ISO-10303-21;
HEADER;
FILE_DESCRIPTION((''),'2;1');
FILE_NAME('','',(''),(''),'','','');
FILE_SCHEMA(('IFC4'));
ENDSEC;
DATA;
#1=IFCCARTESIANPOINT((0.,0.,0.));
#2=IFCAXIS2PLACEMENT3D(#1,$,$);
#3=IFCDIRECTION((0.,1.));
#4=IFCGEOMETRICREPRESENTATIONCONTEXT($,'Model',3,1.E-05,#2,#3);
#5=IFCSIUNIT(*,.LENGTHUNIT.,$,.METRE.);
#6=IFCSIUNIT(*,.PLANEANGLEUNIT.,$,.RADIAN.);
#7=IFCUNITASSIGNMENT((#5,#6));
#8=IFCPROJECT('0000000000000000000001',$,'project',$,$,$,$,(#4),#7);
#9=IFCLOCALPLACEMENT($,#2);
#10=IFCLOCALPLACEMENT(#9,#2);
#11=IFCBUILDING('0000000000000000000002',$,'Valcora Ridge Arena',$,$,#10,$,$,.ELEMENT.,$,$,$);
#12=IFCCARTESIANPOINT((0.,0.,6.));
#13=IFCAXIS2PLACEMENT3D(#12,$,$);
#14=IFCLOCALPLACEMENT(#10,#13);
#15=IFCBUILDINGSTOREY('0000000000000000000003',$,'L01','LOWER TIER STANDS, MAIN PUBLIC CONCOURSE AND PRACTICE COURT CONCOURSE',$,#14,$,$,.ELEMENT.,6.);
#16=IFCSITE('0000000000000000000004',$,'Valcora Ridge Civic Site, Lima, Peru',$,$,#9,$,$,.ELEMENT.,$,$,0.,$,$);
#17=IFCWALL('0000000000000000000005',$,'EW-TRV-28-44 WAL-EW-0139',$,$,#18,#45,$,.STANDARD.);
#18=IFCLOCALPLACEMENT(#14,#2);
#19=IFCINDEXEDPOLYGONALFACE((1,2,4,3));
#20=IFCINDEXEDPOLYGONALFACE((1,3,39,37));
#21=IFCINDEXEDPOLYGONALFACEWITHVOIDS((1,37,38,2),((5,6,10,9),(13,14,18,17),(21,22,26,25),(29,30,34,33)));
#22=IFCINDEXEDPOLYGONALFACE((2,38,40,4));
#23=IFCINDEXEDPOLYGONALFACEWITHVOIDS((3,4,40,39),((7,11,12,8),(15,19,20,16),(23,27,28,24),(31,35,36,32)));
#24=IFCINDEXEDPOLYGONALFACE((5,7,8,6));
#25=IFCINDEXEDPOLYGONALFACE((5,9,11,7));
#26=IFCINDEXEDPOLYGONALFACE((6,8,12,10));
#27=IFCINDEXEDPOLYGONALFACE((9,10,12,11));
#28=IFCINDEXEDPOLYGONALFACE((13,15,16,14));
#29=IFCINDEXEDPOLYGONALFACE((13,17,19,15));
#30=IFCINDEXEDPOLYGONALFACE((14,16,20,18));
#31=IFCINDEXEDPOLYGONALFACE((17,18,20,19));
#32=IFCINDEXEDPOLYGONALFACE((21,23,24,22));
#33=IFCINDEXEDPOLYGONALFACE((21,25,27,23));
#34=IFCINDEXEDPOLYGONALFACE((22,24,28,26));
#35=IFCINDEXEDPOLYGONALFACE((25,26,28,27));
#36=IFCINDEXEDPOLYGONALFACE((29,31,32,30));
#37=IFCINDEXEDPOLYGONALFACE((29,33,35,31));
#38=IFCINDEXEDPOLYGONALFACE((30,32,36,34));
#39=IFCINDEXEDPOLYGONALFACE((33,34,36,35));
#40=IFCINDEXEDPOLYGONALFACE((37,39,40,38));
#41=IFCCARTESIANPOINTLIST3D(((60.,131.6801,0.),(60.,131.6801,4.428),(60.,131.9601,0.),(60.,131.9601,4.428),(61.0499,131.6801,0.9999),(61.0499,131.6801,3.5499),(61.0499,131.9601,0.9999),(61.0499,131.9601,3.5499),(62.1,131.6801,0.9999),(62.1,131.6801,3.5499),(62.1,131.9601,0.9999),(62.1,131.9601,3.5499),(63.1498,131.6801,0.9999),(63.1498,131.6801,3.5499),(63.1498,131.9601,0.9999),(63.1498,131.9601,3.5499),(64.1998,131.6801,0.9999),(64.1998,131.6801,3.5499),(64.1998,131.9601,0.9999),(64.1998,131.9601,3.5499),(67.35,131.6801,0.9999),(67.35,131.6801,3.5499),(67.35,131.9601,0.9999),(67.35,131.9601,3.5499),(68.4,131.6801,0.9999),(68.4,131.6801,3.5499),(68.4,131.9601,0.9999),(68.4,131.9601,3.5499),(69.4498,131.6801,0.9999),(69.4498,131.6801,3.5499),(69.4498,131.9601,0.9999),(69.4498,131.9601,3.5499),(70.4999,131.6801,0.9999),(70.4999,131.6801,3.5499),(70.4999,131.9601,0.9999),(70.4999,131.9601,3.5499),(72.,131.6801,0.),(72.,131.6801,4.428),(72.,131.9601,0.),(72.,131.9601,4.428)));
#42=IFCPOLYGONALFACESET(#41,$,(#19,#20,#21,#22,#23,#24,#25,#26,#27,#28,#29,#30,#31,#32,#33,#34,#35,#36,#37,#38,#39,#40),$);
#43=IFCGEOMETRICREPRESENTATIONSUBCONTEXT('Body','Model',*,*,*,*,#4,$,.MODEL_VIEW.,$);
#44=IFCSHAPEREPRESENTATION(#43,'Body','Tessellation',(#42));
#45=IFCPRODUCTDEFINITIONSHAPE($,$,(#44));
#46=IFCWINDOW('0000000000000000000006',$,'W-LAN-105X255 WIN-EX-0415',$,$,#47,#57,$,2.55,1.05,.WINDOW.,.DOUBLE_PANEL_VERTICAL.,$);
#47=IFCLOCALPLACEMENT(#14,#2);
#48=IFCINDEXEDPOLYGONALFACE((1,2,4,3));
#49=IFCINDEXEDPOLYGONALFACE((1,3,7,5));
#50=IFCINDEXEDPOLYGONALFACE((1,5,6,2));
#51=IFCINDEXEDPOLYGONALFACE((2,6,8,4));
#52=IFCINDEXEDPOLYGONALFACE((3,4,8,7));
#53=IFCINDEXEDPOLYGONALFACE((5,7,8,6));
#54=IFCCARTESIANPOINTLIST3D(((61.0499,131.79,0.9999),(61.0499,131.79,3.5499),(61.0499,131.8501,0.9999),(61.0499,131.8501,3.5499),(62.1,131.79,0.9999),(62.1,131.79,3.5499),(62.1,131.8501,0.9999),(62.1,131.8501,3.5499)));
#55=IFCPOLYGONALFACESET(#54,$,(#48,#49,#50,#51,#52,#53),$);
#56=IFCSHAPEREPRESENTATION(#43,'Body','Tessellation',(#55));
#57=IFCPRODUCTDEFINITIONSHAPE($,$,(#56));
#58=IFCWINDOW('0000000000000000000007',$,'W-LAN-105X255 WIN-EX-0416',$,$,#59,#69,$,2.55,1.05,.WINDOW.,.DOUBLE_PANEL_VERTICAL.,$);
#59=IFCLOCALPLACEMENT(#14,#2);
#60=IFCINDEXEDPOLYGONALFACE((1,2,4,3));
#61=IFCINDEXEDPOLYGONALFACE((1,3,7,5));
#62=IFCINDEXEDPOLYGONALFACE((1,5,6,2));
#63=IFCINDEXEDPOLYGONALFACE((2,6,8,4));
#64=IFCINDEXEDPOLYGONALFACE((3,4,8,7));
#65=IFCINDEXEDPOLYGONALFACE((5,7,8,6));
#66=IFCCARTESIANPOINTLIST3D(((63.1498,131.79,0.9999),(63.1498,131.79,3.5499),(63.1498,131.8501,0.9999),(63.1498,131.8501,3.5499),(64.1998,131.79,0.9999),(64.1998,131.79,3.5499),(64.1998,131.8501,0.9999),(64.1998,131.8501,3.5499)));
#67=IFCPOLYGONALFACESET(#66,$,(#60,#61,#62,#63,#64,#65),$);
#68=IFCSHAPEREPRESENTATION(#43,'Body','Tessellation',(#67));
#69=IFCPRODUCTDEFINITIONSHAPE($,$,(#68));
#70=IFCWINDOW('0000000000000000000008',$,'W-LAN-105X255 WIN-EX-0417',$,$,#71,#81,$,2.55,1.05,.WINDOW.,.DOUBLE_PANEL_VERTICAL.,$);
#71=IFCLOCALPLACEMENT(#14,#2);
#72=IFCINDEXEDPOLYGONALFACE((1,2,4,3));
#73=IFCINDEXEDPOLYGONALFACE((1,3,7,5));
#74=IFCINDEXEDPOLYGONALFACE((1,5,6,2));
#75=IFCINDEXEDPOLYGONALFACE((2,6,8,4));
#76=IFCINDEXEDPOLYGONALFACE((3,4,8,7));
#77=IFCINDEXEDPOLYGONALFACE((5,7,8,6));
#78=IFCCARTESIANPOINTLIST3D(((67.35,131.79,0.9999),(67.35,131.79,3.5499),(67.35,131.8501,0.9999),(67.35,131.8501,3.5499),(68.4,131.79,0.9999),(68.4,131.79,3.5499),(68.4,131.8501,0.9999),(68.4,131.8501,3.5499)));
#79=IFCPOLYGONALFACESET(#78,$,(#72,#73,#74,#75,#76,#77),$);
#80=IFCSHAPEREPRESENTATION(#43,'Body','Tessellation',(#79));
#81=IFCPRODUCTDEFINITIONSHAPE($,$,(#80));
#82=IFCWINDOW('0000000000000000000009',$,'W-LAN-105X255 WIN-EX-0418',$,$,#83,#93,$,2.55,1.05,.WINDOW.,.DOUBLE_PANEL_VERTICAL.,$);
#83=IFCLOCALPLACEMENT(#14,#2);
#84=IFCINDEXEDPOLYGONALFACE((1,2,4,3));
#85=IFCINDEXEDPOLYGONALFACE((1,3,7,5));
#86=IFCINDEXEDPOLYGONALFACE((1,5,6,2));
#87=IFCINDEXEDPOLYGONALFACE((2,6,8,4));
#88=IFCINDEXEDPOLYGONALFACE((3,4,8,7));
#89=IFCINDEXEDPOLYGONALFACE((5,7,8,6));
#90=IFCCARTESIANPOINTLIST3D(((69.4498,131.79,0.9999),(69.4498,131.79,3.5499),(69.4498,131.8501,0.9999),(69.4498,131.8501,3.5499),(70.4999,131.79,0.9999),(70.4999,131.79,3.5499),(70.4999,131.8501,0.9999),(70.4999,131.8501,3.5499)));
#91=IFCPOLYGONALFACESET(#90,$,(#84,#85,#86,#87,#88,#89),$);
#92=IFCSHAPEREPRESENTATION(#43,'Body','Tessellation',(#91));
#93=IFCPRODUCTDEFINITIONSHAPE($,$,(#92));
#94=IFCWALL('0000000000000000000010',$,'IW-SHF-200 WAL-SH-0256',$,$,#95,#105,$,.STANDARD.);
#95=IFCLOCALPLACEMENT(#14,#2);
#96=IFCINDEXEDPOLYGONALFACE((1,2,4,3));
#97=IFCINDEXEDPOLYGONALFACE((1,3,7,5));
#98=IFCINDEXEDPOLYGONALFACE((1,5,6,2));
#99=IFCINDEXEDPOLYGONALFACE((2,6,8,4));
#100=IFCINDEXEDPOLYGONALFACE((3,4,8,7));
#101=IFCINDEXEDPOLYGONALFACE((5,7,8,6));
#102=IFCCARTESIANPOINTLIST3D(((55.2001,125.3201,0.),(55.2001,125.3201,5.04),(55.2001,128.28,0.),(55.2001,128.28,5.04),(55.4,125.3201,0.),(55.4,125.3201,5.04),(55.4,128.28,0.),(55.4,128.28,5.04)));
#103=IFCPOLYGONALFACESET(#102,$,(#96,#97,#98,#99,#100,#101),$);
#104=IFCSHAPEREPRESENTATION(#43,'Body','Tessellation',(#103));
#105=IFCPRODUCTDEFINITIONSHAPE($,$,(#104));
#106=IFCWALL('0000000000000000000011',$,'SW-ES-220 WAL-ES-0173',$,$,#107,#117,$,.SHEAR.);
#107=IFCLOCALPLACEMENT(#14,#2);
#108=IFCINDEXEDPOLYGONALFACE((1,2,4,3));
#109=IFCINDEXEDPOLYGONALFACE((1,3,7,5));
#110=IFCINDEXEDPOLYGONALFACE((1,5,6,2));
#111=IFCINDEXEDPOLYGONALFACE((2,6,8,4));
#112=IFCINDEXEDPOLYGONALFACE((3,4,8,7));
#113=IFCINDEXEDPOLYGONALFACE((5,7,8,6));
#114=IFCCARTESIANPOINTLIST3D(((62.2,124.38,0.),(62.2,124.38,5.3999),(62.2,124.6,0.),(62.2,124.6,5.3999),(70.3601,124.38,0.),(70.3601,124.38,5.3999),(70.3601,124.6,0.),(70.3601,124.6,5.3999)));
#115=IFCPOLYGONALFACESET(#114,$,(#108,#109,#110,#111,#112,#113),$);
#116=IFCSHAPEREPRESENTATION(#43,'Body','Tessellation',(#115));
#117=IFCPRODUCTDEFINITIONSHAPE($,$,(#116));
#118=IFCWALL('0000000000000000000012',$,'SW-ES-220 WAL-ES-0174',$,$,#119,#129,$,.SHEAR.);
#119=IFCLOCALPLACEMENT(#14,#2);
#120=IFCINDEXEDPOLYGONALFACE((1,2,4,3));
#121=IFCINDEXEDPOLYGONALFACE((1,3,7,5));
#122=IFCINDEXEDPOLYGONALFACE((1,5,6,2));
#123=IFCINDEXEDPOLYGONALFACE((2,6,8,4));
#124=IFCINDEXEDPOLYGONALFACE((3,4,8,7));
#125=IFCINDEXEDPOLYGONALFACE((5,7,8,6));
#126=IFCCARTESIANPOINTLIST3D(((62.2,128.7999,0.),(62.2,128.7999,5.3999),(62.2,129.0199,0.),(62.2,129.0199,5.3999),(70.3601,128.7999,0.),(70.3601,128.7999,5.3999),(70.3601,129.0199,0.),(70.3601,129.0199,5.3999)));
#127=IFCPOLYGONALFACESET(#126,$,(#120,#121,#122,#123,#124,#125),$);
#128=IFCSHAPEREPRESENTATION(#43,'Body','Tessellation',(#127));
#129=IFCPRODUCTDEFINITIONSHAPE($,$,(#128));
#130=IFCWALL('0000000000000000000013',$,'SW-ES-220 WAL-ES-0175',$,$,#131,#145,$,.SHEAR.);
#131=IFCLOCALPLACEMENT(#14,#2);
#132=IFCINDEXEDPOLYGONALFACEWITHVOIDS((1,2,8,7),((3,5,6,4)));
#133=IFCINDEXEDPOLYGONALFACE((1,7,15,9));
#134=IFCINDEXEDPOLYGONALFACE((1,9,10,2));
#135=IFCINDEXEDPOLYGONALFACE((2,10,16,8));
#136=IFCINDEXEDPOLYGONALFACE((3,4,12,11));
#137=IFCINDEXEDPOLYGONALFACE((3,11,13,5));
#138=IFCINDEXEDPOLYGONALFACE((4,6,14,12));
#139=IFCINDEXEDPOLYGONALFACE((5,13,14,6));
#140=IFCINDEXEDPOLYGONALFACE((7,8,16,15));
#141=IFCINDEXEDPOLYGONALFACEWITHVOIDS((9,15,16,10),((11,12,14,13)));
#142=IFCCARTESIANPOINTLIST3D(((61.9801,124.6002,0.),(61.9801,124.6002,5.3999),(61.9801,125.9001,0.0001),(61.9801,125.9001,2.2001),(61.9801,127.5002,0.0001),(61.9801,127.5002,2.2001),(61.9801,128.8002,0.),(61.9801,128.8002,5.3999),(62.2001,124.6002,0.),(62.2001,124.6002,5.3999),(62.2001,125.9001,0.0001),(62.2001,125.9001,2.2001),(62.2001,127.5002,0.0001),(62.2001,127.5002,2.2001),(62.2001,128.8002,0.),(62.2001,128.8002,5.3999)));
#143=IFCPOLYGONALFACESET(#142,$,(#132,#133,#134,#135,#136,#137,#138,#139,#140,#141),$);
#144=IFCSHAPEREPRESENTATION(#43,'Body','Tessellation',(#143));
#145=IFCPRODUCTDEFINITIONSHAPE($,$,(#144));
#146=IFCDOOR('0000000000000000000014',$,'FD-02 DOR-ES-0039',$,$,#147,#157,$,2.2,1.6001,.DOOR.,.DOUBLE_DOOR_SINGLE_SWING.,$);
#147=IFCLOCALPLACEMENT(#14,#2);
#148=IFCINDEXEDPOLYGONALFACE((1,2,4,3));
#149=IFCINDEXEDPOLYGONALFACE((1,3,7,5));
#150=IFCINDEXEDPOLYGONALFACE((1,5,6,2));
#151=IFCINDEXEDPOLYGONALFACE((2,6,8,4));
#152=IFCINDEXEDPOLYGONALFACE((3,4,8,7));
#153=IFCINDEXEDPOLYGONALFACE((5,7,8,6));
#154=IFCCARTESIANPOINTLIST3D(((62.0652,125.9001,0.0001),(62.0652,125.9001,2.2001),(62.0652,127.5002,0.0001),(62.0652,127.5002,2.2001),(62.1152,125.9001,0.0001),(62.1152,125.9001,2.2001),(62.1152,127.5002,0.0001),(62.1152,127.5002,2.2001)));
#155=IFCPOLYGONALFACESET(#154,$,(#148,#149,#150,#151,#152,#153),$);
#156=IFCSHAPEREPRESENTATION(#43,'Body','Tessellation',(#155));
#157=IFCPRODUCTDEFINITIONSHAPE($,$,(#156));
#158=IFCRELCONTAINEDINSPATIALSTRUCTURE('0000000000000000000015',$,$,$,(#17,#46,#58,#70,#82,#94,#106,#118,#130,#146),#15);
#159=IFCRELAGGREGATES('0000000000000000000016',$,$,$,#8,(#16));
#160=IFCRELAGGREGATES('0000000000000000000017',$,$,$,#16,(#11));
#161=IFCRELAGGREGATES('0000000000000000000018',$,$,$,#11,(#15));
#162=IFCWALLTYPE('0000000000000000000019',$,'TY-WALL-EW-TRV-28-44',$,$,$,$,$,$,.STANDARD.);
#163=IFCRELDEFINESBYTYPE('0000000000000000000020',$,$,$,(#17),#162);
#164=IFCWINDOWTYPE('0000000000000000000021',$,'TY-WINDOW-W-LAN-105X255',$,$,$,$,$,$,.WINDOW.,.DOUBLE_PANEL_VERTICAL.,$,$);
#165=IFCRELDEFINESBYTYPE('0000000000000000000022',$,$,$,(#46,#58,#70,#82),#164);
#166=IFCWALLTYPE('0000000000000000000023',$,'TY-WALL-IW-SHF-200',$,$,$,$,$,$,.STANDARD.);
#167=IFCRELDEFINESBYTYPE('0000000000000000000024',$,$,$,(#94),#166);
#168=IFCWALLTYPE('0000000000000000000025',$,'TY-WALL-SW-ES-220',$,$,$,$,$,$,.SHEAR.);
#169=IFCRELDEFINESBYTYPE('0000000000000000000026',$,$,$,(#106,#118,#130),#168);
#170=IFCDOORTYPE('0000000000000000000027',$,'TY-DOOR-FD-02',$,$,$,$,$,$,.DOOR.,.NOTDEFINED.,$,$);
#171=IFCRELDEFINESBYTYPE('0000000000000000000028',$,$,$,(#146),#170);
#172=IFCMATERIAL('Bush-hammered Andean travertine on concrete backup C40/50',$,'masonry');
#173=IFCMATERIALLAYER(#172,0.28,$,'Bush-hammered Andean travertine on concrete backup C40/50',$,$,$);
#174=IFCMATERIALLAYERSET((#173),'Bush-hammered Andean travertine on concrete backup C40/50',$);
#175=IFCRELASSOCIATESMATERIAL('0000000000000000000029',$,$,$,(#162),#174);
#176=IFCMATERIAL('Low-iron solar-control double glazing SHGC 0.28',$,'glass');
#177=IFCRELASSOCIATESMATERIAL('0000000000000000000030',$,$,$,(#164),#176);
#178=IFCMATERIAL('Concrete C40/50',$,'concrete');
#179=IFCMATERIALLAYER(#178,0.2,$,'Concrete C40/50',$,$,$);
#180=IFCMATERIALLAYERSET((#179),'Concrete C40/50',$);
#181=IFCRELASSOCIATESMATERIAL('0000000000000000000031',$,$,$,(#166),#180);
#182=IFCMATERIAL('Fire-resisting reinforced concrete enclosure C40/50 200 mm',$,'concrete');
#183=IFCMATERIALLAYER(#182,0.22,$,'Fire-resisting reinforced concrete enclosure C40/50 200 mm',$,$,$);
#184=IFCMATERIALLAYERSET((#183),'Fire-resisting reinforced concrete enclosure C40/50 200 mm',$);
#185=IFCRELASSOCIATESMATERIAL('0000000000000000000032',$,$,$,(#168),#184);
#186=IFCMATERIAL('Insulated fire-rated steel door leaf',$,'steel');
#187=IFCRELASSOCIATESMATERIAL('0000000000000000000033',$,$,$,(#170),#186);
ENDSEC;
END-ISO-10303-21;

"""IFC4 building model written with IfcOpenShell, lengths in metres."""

from ifc_helpers import new_model, si_unit, direction, frame, frame_2d, origin, place, context, subcontext, project, spatial, rectangle, extrude, material, layer, layer_set, type_object, element, fill, save


model = new_model("IFC4")

# Units and contexts
model_context = context("Model", 3, precision=1e-05, world=origin(), true_north=direction((0.0, 1.0)))
body_context = subcontext(model_context, "Body", "Model", "MODEL_VIEW")
ifc_project = project(units=[si_unit("LENGTHUNIT", "METRE"), si_unit("PLANEANGLEUNIT", "RADIAN")], contexts=[model_context])

# Site, building, storey
site_placement = place(None, origin())
site = spatial("IfcSite", under=ifc_project, at=site_placement, Name="Valcora Ridge Civic Site, Lima, Peru", CompositionType="ELEMENT", RefElevation=0.0)
building_placement = place(site_placement, origin())
building = spatial("IfcBuilding", under=site, at=building_placement, Name="Valcora Ridge Arena", CompositionType="ELEMENT")
storey_placement = place(building_placement, frame((0.0, 0.0, 6.0)))
storey = spatial("IfcBuildingStorey", under=building, at=storey_placement, Name="L01", Description="LOWER TIER STANDS, MAIN PUBLIC CONCOURSE AND PRACTICE COURT CONCOURSE", CompositionType="ELEMENT", Elevation=6.0)

# Shared definitions
ifc_material_1 = material(Name="Concrete C40/50", Category="concrete")

# Wall, openings, windows
ifc_material_2 = material(Name="Bush-hammered Andean travertine on concrete backup C40/50", Category="masonry")
ifc_layer_1 = layer(ifc_material_2, 0.28, Name="Bush-hammered Andean travertine on concrete backup C40/50")
ifc_layer_set_1 = layer_set([ifc_layer_1], Name="Bush-hammered Andean travertine on concrete backup C40/50")
wall_type_1 = type_object("IfcWallType", Name="TY-WALL-EW-TRV-28-44", PredefinedType="STANDARD", material=ifc_layer_set_1)
wall_1_placement = place(storey_placement, frame((60.0, 131.8201, 0.0), z_axis=(0.0, 0.0, 1.0), x_axis=(1.0, 0.0, 0.0)))
wall_1 = element("IfcWall", 1, at=wall_1_placement, inside=storey, type_object=wall_type_1, Name="EW-TRV-28-44 WAL-EW-0139", PredefinedType="STANDARD", context=body_context, shape_type="SweptSolid", body=[
    extrude(rectangle(XDim=12.0, YDim=0.28, at=frame_2d((6.0, 0.0))), origin(), (0.0, 0.0, 1.0), 4.428),
])
opening_1_placement = place(wall_1_placement, frame((1.05, 0.0, 1.0)))
opening_1 = element("IfcOpeningElement", 2, at=opening_1_placement, cuts=wall_1, PredefinedType="OPENING", context=body_context, shape_type="SweptSolid", body=[
    extrude(rectangle(XDim=1.05, YDim=2.55, at=frame_2d((0.5249, 1.2749))), frame((0.0, 0.1499, 0.0), z_axis=(0.0, -1.0, 0.0), x_axis=(1.0, 0.0, 0.0)), (0.0, 0.0, 1.0), 0.3),
])
opening_2_placement = place(wall_1_placement, frame((3.1499, 0.0, 1.0)))
opening_2 = element("IfcOpeningElement", 3, at=opening_2_placement, cuts=wall_1, PredefinedType="OPENING", context=body_context, shape_type="SweptSolid", body=[
    extrude(rectangle(XDim=1.05, YDim=2.55, at=frame_2d((0.5249, 1.2749))), frame((0.0, 0.1499, 0.0), z_axis=(0.0, -1.0, 0.0), x_axis=(1.0, 0.0, 0.0)), (0.0, 0.0, 1.0), 0.3),
])
opening_3_placement = place(wall_1_placement, frame((7.3501, 0.0, 1.0)))
opening_3 = element("IfcOpeningElement", 4, at=opening_3_placement, cuts=wall_1, PredefinedType="OPENING", context=body_context, shape_type="SweptSolid", body=[
    extrude(rectangle(XDim=1.05, YDim=2.55, at=frame_2d((0.5249, 1.2749))), frame((0.0, 0.1499, 0.0), z_axis=(0.0, -1.0, 0.0), x_axis=(1.0, 0.0, 0.0)), (0.0, 0.0, 1.0), 0.3),
])
opening_4_placement = place(wall_1_placement, frame((9.45, 0.0, 1.0)))
opening_4 = element("IfcOpeningElement", 5, at=opening_4_placement, cuts=wall_1, PredefinedType="OPENING", context=body_context, shape_type="SweptSolid", body=[
    extrude(rectangle(XDim=1.05, YDim=2.55, at=frame_2d((0.5249, 1.2749))), frame((0.0, 0.1499, 0.0), z_axis=(0.0, -1.0, 0.0), x_axis=(1.0, 0.0, 0.0)), (0.0, 0.0, 1.0), 0.3),
])
ifc_material_3 = material(Name="Low-iron solar-control double glazing SHGC 0.28", Category="glass")
window_type = type_object("IfcWindowType", Name="TY-WINDOW-W-LAN-105X255", PartitioningType="DOUBLE_PANEL_VERTICAL", PredefinedType="WINDOW", material=ifc_material_3)
window_1_placement = place(opening_1_placement, origin())
window_1 = element("IfcWindow", 6, at=window_1_placement, inside=storey, type_object=window_type, Name="W-LAN-105X255 WIN-EX-0415", OverallHeight=2.55, OverallWidth=1.05, PartitioningType="DOUBLE_PANEL_VERTICAL", PredefinedType="WINDOW", context=body_context, shape_type="SweptSolid", body=[
    extrude(rectangle(XDim=1.05, YDim=2.55, at=frame_2d((0.5249, 1.2749))), frame((0.0, 0.03, 0.0), z_axis=(0.0, -1.0, 0.0), x_axis=(1.0, 0.0, 0.0)), (0.0, 0.0, 1.0), 0.0601),
])
fill(opening_1, window_1)
window_2_placement = place(opening_2_placement, origin())
window_2 = element("IfcWindow", 7, at=window_2_placement, inside=storey, type_object=window_type, Name="W-LAN-105X255 WIN-EX-0416", OverallHeight=2.55, OverallWidth=1.05, PartitioningType="DOUBLE_PANEL_VERTICAL", PredefinedType="WINDOW", context=body_context, shape_type="SweptSolid", body=[
    extrude(rectangle(XDim=1.05, YDim=2.55, at=frame_2d((0.5249, 1.2749))), frame((0.0, 0.03, 0.0), z_axis=(0.0, -1.0, 0.0), x_axis=(1.0, 0.0, 0.0)), (0.0, 0.0, 1.0), 0.0601),
])
fill(opening_2, window_2)
window_3_placement = place(opening_3_placement, origin())
window_3 = element("IfcWindow", 8, at=window_3_placement, inside=storey, type_object=window_type, Name="W-LAN-105X255 WIN-EX-0417", OverallHeight=2.55, OverallWidth=1.05, PartitioningType="DOUBLE_PANEL_VERTICAL", PredefinedType="WINDOW", context=body_context, shape_type="SweptSolid", body=[
    extrude(rectangle(XDim=1.05, YDim=2.55, at=frame_2d((0.5249, 1.2749))), frame((0.0, 0.03, 0.0), z_axis=(0.0, -1.0, 0.0), x_axis=(1.0, 0.0, 0.0)), (0.0, 0.0, 1.0), 0.0601),
])
fill(opening_3, window_3)
window_4_placement = place(opening_4_placement, origin())
window_4 = element("IfcWindow", 9, at=window_4_placement, inside=storey, type_object=window_type, Name="W-LAN-105X255 WIN-EX-0418", OverallHeight=2.55, OverallWidth=1.05, PartitioningType="DOUBLE_PANEL_VERTICAL", PredefinedType="WINDOW", context=body_context, shape_type="SweptSolid", body=[
    extrude(rectangle(XDim=1.05, YDim=2.55, at=frame_2d((0.5249, 1.2749))), frame((0.0, 0.03, 0.0), z_axis=(0.0, -1.0, 0.0), x_axis=(1.0, 0.0, 0.0)), (0.0, 0.0, 1.0), 0.0601),
])
fill(opening_4, window_4)

# Walls
ifc_layer_2 = layer(ifc_material_1, 0.2, Name="Concrete C40/50")
ifc_layer_set_2 = layer_set([ifc_layer_2], Name="Concrete C40/50")
wall_type_2 = type_object("IfcWallType", Name="TY-WALL-IW-SHF-200", PredefinedType="STANDARD", material=ifc_layer_set_2)
wall_2_placement = place(storey_placement, frame((55.3, 125.3201, 0.0), z_axis=(0.0, 0.0, 1.0), x_axis=(0.0, 1.0, 0.0)))
element("IfcWall", 10, at=wall_2_placement, inside=storey, type_object=wall_type_2, Name="IW-SHF-200 WAL-SH-0256", PredefinedType="STANDARD", context=body_context, shape_type="SweptSolid", body=[
    extrude(rectangle(XDim=2.96, YDim=0.2, at=frame_2d((1.48, 0.0))), origin(), (0.0, 0.0, 1.0), 5.04),
])
ifc_material_4 = material(Name="Fire-resisting reinforced concrete enclosure C40/50 200 mm", Category="concrete")
ifc_layer_3 = layer(ifc_material_4, 0.22, Name="Fire-resisting reinforced concrete enclosure C40/50 200 mm")
ifc_layer_set_3 = layer_set([ifc_layer_3], Name="Fire-resisting reinforced concrete enclosure C40/50 200 mm")
wall_type_3 = type_object("IfcWallType", Name="TY-WALL-SW-ES-220", PredefinedType="SHEAR", material=ifc_layer_set_3)
for number, where, z_axis, x_axis, name in (
    (11, (62.2, 124.49, 0.0), (0.0, 0.0, 1.0), (1.0, 0.0, 0.0), "SW-ES-220 WAL-ES-0173"),
    (12, (62.2, 128.9099, 0.0), (0.0, 0.0, 1.0), (1.0, 0.0, 0.0), "SW-ES-220 WAL-ES-0174"),
):
    element("IfcWall", number, at=place(storey_placement, frame(where, z_axis=z_axis, x_axis=x_axis)), inside=storey, type_object=wall_type_3, Name=name, PredefinedType="SHEAR", context=body_context, shape_type="SweptSolid", body=[
        extrude(rectangle(XDim=8.1602, YDim=0.22, at=frame_2d((4.0801, 0.0))), origin(), (0.0, 0.0, 1.0), 5.3999),
    ])

# Wall, opening, door
wall_3_placement = place(storey_placement, frame((62.0901, 124.6001, 0.0), z_axis=(0.0, 0.0, 1.0), x_axis=(0.0, 1.0, 0.0)))
wall_3 = element("IfcWall", 13, at=wall_3_placement, inside=storey, type_object=wall_type_3, Name="SW-ES-220 WAL-ES-0175", PredefinedType="SHEAR", context=body_context, shape_type="SweptSolid", body=[
    extrude(rectangle(XDim=4.2, YDim=0.22, at=frame_2d((2.1001, 0.0))), origin(), (0.0, 0.0, 1.0), 5.3999),
])
opening_5_placement = place(wall_3_placement, frame((1.3, 0.0, 0.0)))
opening_5 = element("IfcOpeningElement", 14, at=opening_5_placement, cuts=wall_3, PredefinedType="OPENING", context=body_context, shape_type="SweptSolid", body=[
    extrude(rectangle(XDim=1.6001, YDim=2.2, at=frame_2d((0.8, 1.1001))), frame((0.0, 0.1199, 0.0), z_axis=(0.0, -1.0, 0.0), x_axis=(1.0, 0.0, 0.0)), (0.0, 0.0, 1.0), 0.24),
])
ifc_material_5 = material(Name="Insulated fire-rated steel door leaf", Category="steel")
door_type = type_object("IfcDoorType", Name="TY-DOOR-FD-02", OperationType="NOTDEFINED", PredefinedType="DOOR", material=ifc_material_5)
door_placement = place(opening_5_placement, origin())
door = element("IfcDoor", 15, at=door_placement, inside=storey, type_object=door_type, Name="FD-02 DOR-ES-0039", OperationType="DOUBLE_DOOR_SINGLE_SWING", OverallHeight=2.2, OverallWidth=1.6001, PredefinedType="DOOR", context=body_context, shape_type="SweptSolid", body=[
    extrude(rectangle(XDim=1.6001, YDim=2.2, at=frame_2d((0.8, 1.1001))), frame((0.0, 0.0249, 0.0), z_axis=(0.0, -1.0, 0.0), x_axis=(1.0, 0.0, 0.0)), (0.0, 0.0, 1.0), 0.05),
])
fill(opening_5, door)

save(model, "model.ifc")
